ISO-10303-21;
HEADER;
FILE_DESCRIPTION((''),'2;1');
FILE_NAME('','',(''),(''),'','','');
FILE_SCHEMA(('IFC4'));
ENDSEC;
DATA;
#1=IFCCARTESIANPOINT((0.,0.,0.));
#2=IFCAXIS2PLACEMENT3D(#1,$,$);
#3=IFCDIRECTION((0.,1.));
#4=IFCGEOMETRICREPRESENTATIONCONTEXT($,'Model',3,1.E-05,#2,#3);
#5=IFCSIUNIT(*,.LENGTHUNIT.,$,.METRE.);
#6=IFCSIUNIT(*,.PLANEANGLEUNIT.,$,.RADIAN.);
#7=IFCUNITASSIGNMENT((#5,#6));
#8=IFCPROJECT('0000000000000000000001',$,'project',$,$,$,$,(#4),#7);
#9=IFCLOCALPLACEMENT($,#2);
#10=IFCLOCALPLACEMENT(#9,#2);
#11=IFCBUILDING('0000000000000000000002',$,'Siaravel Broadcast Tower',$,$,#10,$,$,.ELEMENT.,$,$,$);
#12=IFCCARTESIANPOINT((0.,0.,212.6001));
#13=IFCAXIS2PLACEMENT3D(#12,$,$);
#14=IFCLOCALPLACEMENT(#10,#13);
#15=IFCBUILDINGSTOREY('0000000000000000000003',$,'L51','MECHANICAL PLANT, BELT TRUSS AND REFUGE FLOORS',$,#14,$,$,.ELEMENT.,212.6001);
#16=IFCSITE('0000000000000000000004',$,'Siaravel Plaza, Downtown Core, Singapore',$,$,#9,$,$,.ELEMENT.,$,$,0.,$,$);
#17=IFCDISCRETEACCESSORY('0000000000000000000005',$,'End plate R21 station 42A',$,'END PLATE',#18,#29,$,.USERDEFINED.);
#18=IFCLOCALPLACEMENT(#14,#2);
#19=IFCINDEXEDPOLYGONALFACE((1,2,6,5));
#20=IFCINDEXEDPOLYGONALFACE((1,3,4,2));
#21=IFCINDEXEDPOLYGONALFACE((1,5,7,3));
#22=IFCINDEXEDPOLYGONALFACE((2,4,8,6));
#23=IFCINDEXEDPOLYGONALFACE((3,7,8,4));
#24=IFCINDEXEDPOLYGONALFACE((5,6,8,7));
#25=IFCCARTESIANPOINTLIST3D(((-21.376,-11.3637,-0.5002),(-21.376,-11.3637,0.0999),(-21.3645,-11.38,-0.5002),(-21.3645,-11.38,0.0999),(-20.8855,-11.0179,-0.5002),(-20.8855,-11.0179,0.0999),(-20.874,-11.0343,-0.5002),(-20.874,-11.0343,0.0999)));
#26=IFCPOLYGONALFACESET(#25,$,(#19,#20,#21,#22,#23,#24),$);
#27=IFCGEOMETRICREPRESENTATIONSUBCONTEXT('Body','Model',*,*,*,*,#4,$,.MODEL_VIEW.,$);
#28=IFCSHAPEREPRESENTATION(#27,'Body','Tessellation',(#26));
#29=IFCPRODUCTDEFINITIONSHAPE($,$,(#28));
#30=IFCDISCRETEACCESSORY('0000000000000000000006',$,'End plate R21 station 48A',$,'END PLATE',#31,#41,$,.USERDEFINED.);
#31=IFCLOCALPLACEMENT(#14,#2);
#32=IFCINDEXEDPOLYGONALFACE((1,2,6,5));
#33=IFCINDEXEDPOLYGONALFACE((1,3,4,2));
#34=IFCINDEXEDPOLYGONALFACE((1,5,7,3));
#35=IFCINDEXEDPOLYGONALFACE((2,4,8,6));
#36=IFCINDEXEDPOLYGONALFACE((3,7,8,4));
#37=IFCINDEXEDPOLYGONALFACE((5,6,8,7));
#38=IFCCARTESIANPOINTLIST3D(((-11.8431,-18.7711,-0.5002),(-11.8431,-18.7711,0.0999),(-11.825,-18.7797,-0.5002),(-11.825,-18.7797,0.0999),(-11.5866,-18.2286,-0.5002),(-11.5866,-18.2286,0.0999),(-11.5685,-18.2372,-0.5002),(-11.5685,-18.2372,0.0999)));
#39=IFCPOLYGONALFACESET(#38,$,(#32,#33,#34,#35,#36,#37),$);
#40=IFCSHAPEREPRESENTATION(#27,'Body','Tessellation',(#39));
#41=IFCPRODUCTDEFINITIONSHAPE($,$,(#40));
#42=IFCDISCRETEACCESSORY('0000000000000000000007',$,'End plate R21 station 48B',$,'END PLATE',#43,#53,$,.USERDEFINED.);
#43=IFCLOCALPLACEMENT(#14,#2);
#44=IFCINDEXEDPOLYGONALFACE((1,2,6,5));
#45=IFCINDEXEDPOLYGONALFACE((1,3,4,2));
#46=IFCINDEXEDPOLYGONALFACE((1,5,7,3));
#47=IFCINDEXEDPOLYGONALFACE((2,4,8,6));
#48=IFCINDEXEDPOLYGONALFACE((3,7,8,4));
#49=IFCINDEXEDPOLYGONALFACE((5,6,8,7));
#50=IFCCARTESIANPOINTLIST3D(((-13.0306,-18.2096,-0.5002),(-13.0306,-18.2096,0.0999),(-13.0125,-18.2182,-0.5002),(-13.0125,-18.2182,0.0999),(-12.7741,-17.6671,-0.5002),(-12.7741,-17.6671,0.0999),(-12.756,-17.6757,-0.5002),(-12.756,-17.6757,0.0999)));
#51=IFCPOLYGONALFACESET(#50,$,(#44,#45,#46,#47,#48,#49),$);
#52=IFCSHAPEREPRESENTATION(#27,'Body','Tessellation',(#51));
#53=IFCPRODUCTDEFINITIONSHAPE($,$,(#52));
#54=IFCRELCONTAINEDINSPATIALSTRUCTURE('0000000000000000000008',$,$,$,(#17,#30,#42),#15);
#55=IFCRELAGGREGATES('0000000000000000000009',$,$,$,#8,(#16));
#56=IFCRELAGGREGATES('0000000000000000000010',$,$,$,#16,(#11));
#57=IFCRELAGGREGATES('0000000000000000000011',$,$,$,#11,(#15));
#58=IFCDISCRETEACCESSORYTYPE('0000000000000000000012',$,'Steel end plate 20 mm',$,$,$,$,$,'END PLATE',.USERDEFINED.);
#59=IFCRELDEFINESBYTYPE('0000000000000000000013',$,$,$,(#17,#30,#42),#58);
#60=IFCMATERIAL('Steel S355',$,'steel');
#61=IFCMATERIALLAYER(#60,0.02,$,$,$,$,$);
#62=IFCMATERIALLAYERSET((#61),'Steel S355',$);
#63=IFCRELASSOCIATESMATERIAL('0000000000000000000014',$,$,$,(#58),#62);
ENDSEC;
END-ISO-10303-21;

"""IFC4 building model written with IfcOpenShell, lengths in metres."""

from ifc_helpers import new_model, si_unit, direction, frame, origin, origin_2d, place, context, subcontext, project, spatial, rectangle, extrude, material, layer, layer_set, type_object, element, save


model = new_model("IFC4")

# Units and contexts
model_context = context("Model", 3, precision=1e-05, world=origin(), true_north=direction((0.0, 1.0)))
body_context = subcontext(model_context, "Body", "Model", "MODEL_VIEW")
ifc_project = project(units=[si_unit("LENGTHUNIT", "METRE"), si_unit("PLANEANGLEUNIT", "RADIAN")], contexts=[model_context])

# Site, building, storey
site_placement = place(None, origin())
site = spatial("IfcSite", under=ifc_project, at=site_placement, Name="Siaravel Plaza, Downtown Core, Singapore", CompositionType="ELEMENT", RefElevation=0.0)
building_placement = place(site_placement, origin())
building = spatial("IfcBuilding", under=site, at=building_placement, Name="Siaravel Broadcast Tower", CompositionType="ELEMENT")
storey_placement = place(building_placement, frame((0.0, 0.0, 212.6001)))
storey = spatial("IfcBuildingStorey", under=building, at=storey_placement, Name="L51", Description="MECHANICAL PLANT, BELT TRUSS AND REFUGE FLOORS", CompositionType="ELEMENT", Elevation=212.6001)

# Shared definitions
ifc_material_1 = material(Name="Steel S355", Category="steel")

# Discrete accessories
ifc_layer_1 = layer(ifc_material_1, 0.02)
ifc_layer_set_1 = layer_set([ifc_layer_1], Name="Steel S355")
discrete_accessory_type = type_object("IfcDiscreteAccessoryType", Name="Steel end plate 20 mm", ElementType="END PLATE", PredefinedType="USERDEFINED", material=ifc_layer_set_1)
for number, where, z_axis, x_axis, name in (
    (1, (-21.125, -11.199, -0.5002), (0.0, 0.0, 1.0), (0.576119, -0.817366, 0.0), "End plate R21 station 42A"),
    (2, (-11.7058, -18.5042, -0.5002), (0.0, 0.0, 1.0), (0.904006, -0.427519, 0.0), "End plate R21 station 48A"),
    (3, (-12.8933, -17.9426, -0.5002), (0.0, 0.0, 1.0), (0.904006, -0.427519, 0.0), "End plate R21 station 48B"),
):
    element("IfcDiscreteAccessory", number, at=place(storey_placement, frame(where, z_axis=z_axis, x_axis=x_axis)), inside=storey, type_object=discrete_accessory_type, Name=name, ObjectType="END PLATE", PredefinedType="USERDEFINED", context=body_context, shape_type="SweptSolid", body=[
        extrude(rectangle(XDim=0.02, YDim=0.6001, at=origin_2d()), origin(), (0.0, 0.0, 1.0), 0.6001),
    ])

save(model, "model.ifc")
